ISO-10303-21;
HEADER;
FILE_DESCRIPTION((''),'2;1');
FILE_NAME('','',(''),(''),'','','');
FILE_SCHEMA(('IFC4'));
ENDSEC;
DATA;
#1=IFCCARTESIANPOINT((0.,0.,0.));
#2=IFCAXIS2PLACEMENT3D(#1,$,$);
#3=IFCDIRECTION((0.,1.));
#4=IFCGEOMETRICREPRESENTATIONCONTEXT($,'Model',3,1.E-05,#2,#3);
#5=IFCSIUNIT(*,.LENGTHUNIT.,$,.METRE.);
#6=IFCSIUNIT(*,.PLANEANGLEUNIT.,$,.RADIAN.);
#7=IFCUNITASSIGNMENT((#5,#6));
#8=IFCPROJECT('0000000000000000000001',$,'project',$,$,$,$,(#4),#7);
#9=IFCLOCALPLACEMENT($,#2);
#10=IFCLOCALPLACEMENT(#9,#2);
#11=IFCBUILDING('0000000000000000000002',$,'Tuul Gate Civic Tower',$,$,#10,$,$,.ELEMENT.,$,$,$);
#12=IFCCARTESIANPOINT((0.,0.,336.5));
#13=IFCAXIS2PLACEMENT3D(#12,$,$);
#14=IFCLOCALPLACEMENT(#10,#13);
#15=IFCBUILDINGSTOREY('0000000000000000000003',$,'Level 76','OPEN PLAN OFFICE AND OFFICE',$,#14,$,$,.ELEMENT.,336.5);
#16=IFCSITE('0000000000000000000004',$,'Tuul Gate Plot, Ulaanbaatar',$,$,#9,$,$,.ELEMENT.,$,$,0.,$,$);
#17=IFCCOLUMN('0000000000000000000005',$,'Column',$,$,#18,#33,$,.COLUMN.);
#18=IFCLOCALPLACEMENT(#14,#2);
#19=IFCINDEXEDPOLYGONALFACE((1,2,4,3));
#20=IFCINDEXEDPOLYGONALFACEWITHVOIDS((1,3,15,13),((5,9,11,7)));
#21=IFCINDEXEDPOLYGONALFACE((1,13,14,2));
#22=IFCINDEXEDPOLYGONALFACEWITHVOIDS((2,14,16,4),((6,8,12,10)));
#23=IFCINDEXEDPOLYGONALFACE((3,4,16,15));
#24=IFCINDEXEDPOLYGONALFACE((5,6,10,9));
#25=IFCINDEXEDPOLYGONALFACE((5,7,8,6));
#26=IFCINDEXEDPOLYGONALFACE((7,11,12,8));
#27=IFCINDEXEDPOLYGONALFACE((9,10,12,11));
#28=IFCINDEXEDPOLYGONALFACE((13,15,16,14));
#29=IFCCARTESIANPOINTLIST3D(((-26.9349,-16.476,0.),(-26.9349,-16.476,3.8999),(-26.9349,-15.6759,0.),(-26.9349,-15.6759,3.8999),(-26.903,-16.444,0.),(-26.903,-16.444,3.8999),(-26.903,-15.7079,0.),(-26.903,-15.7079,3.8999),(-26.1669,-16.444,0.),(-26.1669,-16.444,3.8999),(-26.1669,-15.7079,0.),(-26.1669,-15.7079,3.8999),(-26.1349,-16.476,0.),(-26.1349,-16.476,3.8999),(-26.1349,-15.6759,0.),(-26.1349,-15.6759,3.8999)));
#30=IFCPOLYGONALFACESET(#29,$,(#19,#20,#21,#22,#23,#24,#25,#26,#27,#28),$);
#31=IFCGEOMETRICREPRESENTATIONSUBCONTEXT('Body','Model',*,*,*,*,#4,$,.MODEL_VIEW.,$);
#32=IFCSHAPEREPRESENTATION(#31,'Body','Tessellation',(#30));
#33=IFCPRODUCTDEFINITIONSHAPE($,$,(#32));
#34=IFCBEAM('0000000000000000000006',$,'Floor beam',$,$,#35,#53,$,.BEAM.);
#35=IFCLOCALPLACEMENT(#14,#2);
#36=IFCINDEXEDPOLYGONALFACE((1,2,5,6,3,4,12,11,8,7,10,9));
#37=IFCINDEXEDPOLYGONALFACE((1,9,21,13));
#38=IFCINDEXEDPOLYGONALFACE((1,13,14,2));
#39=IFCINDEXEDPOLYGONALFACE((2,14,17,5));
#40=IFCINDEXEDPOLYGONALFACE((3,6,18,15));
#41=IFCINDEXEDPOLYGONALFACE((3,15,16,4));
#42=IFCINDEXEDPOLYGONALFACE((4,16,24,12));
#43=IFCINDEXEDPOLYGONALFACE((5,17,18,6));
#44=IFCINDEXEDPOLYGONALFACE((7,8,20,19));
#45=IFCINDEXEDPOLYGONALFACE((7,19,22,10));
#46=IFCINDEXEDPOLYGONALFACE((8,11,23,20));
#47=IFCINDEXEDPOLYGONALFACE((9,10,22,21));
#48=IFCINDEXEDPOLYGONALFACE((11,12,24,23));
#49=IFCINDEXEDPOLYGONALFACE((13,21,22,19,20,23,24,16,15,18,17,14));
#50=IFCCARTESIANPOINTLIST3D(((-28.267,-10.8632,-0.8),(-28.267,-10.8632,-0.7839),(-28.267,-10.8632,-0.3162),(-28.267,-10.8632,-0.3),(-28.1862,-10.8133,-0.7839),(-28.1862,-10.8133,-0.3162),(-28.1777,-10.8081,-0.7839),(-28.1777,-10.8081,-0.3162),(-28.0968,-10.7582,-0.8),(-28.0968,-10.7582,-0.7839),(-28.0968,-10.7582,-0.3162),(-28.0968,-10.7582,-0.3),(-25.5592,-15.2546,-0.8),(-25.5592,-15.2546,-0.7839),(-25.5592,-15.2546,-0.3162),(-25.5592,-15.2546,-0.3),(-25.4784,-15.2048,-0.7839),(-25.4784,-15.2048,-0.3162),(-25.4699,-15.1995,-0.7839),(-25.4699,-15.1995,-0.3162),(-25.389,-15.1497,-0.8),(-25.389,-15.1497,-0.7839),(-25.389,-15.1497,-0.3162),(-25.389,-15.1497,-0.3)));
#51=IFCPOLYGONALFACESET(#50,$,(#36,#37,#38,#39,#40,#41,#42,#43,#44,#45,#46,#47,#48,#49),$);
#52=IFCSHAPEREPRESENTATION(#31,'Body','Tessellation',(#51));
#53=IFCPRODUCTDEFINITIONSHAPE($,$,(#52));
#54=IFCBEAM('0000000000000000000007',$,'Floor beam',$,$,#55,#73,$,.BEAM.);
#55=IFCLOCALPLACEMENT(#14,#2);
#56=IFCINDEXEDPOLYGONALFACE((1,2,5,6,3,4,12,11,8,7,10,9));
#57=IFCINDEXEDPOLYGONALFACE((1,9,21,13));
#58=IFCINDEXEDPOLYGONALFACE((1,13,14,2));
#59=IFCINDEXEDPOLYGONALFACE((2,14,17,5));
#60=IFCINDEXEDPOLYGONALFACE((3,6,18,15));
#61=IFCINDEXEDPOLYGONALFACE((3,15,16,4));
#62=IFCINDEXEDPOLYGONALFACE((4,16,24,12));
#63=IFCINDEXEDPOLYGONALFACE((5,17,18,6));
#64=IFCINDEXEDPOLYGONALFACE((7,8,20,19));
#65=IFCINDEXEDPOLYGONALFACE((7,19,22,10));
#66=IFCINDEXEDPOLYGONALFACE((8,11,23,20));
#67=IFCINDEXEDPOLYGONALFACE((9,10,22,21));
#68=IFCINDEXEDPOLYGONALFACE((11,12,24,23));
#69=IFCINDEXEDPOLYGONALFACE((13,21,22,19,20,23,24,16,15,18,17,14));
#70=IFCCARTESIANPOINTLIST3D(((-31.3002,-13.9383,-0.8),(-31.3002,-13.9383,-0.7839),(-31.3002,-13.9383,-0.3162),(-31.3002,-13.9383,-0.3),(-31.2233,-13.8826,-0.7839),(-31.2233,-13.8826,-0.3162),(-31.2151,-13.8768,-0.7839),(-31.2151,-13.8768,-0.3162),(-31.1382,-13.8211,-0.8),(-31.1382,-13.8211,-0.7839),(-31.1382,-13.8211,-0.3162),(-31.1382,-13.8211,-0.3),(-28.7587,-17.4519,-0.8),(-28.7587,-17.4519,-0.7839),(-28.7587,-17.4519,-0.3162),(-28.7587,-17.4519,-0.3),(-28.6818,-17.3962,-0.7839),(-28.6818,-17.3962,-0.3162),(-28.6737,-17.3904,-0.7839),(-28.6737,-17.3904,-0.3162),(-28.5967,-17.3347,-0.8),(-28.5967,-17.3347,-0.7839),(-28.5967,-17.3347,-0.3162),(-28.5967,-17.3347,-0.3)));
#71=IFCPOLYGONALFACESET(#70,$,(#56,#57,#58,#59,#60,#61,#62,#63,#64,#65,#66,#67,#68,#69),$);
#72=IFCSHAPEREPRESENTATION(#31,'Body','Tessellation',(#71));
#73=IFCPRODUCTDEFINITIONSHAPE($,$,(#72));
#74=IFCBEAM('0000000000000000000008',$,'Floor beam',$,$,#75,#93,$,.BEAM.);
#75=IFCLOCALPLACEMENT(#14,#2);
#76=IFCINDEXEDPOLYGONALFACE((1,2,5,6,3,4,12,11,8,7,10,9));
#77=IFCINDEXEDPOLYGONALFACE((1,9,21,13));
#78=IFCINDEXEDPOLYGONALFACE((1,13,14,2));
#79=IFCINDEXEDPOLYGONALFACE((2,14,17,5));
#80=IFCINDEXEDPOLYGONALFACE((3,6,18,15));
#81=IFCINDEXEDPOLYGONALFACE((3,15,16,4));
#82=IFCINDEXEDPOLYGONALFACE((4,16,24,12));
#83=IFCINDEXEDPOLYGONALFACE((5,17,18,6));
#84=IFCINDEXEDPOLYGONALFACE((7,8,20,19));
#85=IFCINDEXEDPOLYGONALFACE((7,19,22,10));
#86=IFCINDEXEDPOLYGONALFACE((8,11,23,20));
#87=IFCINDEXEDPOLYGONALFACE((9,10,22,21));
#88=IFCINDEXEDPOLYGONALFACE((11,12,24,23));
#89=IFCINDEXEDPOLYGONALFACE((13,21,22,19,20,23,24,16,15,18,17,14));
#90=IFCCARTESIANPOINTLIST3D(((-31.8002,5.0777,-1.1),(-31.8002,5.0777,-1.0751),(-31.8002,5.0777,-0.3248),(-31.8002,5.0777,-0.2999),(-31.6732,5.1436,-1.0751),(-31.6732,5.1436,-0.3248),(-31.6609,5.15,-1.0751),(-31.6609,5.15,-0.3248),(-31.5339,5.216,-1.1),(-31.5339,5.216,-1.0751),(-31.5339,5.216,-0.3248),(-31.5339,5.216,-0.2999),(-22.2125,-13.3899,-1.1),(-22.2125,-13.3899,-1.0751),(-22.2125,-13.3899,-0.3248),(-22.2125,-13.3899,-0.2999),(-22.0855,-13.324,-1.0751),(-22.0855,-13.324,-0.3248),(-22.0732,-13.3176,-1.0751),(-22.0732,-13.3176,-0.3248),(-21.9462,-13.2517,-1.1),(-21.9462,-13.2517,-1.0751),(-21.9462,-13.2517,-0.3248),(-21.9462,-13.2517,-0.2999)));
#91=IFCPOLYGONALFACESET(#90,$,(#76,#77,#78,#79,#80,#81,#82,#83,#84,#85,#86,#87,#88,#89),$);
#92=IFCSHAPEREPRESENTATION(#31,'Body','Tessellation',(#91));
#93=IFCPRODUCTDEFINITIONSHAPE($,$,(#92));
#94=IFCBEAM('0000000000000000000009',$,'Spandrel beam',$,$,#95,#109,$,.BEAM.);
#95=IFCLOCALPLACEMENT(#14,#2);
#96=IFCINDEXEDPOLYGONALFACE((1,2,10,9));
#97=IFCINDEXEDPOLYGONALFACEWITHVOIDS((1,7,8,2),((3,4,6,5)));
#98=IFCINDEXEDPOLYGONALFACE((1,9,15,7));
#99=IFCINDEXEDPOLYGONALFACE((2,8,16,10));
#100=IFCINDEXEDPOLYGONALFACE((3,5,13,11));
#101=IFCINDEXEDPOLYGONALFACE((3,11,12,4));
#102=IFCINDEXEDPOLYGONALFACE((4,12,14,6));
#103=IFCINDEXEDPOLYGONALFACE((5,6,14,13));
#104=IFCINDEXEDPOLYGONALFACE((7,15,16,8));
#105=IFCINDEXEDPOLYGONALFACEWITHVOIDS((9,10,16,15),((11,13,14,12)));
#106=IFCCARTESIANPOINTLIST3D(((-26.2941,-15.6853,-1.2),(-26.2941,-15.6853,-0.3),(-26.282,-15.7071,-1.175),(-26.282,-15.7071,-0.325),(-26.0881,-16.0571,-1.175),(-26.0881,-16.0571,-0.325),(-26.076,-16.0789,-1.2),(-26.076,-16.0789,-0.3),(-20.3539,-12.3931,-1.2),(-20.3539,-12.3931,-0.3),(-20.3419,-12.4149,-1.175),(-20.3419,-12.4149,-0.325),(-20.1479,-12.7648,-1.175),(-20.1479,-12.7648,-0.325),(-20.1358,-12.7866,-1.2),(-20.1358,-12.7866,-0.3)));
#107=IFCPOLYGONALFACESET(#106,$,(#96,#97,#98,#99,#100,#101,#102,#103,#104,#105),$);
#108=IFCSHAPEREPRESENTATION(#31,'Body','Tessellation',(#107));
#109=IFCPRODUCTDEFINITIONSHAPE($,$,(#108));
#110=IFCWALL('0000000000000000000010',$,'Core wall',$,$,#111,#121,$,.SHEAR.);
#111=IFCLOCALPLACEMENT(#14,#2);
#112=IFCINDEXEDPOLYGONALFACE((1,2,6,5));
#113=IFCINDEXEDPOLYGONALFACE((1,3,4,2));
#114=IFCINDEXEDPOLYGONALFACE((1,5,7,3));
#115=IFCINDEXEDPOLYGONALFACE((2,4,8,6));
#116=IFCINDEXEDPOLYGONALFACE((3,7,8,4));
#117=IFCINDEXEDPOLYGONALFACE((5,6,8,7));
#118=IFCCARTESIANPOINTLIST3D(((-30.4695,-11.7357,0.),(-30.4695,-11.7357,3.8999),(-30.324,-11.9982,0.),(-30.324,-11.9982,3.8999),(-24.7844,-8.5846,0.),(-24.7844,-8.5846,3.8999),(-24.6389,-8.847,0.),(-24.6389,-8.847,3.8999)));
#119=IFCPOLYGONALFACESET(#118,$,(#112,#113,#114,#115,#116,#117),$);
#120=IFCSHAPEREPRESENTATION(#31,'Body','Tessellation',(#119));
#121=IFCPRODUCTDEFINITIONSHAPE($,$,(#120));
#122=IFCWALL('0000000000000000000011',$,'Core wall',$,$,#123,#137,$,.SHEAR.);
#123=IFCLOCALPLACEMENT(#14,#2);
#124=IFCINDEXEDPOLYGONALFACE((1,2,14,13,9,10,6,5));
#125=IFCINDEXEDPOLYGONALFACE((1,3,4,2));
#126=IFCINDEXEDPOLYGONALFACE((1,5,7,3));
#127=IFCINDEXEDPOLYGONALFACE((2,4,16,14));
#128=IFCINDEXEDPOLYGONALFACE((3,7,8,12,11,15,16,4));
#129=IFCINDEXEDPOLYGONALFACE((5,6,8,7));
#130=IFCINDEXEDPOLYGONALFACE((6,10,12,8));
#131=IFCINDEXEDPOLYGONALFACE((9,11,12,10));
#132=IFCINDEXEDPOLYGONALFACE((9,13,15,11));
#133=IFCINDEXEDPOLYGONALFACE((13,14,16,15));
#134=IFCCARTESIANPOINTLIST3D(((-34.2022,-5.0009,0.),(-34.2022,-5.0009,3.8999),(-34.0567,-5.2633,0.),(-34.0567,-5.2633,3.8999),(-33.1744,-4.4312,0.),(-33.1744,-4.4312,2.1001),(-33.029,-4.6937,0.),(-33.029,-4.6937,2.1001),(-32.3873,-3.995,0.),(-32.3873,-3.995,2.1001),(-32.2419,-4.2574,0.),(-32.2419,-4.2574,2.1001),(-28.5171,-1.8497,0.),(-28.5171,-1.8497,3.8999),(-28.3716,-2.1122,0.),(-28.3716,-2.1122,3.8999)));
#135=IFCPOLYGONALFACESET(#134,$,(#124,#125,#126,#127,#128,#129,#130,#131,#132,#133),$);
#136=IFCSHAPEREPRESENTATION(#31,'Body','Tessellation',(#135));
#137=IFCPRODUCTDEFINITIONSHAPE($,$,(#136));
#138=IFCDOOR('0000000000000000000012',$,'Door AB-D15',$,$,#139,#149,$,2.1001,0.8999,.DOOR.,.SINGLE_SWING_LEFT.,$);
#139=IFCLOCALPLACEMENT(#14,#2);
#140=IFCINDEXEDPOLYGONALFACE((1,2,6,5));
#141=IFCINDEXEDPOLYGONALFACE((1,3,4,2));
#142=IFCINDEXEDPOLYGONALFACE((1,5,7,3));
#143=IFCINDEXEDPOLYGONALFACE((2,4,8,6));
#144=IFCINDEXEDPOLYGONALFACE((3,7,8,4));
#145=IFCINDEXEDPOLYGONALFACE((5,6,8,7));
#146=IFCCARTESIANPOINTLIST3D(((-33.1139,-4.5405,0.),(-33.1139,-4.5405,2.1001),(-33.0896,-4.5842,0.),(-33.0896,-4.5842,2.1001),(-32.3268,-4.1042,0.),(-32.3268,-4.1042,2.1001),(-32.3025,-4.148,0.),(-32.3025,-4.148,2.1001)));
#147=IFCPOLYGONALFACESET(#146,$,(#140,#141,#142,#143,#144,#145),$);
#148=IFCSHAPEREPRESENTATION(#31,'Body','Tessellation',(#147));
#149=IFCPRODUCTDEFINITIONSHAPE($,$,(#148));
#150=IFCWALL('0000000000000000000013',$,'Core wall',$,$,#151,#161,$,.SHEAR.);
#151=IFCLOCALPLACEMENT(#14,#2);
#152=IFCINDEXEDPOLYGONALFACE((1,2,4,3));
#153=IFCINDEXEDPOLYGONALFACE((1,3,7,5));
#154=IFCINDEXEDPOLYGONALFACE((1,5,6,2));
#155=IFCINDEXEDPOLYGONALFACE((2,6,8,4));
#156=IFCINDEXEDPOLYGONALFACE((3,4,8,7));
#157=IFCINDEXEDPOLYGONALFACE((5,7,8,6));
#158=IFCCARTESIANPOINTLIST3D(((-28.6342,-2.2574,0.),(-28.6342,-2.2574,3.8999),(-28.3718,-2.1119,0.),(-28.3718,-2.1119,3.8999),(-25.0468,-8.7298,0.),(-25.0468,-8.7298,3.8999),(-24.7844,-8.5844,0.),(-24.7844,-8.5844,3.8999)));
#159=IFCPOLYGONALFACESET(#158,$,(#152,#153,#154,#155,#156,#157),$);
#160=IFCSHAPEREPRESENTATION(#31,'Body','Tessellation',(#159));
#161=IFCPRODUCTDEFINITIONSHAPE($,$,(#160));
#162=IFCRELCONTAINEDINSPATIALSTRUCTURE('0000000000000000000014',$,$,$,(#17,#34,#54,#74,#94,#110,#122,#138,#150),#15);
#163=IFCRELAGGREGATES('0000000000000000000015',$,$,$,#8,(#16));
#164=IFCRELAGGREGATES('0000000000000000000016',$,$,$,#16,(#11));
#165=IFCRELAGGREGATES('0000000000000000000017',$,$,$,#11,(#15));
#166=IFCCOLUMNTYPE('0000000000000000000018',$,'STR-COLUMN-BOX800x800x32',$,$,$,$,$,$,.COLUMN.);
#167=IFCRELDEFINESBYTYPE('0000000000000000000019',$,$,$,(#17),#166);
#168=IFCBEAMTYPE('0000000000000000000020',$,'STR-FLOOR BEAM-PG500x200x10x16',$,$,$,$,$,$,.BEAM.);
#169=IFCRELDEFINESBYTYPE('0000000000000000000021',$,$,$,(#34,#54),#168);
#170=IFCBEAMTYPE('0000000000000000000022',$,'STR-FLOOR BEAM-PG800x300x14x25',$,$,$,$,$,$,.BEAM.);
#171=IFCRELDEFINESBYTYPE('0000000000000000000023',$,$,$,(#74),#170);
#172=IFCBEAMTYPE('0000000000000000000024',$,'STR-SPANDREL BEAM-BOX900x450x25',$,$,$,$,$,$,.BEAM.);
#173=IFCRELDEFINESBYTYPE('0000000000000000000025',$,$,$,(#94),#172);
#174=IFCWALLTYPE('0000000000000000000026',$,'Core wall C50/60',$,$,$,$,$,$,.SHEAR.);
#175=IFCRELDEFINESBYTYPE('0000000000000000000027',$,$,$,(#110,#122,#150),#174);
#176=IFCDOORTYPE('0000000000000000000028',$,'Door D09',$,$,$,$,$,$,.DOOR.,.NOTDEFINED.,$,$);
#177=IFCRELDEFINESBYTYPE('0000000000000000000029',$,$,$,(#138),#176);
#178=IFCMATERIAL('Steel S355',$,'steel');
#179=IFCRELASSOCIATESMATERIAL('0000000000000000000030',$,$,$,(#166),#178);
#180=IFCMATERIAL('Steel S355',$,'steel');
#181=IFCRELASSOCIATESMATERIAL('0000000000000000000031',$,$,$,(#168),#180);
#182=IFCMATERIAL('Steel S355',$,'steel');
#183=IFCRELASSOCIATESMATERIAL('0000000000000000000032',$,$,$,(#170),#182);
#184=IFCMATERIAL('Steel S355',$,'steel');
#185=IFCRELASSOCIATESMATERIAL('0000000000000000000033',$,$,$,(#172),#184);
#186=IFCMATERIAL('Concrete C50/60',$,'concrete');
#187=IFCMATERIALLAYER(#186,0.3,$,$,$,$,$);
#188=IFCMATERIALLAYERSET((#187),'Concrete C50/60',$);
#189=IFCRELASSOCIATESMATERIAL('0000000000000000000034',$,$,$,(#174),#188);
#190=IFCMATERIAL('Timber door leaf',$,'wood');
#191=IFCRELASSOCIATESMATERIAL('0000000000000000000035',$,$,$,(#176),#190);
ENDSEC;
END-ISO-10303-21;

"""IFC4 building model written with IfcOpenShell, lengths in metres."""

from ifc_helpers import new_model, si_unit, direction, frame, frame_2d, origin, origin_2d, place, context, subcontext, project, spatial, rectangle, hollow_rectangle, i_section, extrude, material, layer, layer_set, material_profile, profile_set, type_object, element, fill, save


model = new_model("IFC4")

# Units and contexts
model_context = context("Model", 3, precision=1e-05, world=origin(), true_north=direction((0.0, 1.0)))
body_context = subcontext(model_context, "Body", "Model", "MODEL_VIEW")
ifc_project = project(units=[si_unit("LENGTHUNIT", "METRE"), si_unit("PLANEANGLEUNIT", "RADIAN")], contexts=[model_context])

# Site, building, storey
site_placement = place(None, origin())
site = spatial("IfcSite", under=ifc_project, at=site_placement, Name="Tuul Gate Plot, Ulaanbaatar", CompositionType="ELEMENT", RefElevation=0.0)
building_placement = place(site_placement, origin())
building = spatial("IfcBuilding", under=site, at=building_placement, Name="Tuul Gate Civic Tower", CompositionType="ELEMENT")
storey_placement = place(building_placement, frame((0.0, 0.0, 336.5)))
storey = spatial("IfcBuildingStorey", under=building, at=storey_placement, Name="Level 76", Description="OPEN PLAN OFFICE AND OFFICE", CompositionType="ELEMENT", Elevation=336.5)

# Column
ifc_material_1 = material(Name="Steel S355", Category="steel")
ifc_material_profile_1 = material_profile(ifc_material_1, hollow_rectangle(XDim=0.8, YDim=0.8, WallThickness=0.032, at=origin_2d()), Name="BOX800x800x32")
ifc_profile_set_1 = profile_set([ifc_material_profile_1], Name="Steel S355")
column_type = type_object("IfcColumnType", Name="STR-COLUMN-BOX800x800x32", PredefinedType="COLUMN", material=ifc_profile_set_1)
column_placement = place(storey_placement, frame((-26.5349, -16.0759, 0.0), z_axis=(0.0, 0.0, 1.0), x_axis=(1.0, 0.0, 0.0)))
element("IfcColumn", 1, at=column_placement, inside=storey, type_object=column_type, Name="Column", PredefinedType="COLUMN", context=body_context, shape_type="SweptSolid", body=[
    extrude(hollow_rectangle(XDim=0.8, YDim=0.8, WallThickness=0.032, at=origin_2d()), origin(), (0.0, 0.0, 1.0), 3.8999),
])

# Beams
ifc_material_2 = material(Name="Steel S355", Category="steel")
ifc_material_profile_2 = material_profile(ifc_material_2, i_section(OverallWidth=0.2, OverallDepth=0.5, WebThickness=0.01, FlangeThickness=0.0161, at=origin_2d()), Name="PG500x200x10x16")
ifc_profile_set_2 = profile_set([ifc_material_profile_2], Name="Steel S355")
beam_type_1 = type_object("IfcBeamType", Name="STR-FLOOR BEAM-PG500x200x10x16", PredefinedType="BEAM", material=ifc_profile_set_2)
beam_1_placement = place(storey_placement, frame((-25.4741, -15.2021, -0.55), z_axis=(-0.524855, 0.851192, 0.0), x_axis=(-0.851192, -0.524855, 0.0)))
element("IfcBeam", 2, at=beam_1_placement, inside=storey, type_object=beam_type_1, Name="Floor beam", PredefinedType="BEAM", context=body_context, shape_type="SweptSolid", body=[
    extrude(i_section(OverallWidth=0.2, OverallDepth=0.5, WebThickness=0.01, FlangeThickness=0.0161, at=origin_2d()), origin(), (0.0, 0.0, 1.0), 5.1592),
])
beam_2_placement = place(storey_placement, frame((-28.6777, -17.3933, -0.55), z_axis=(-0.586074, 0.810257, 0.0), x_axis=(-0.810257, -0.586074, 0.0)))
element("IfcBeam", 3, at=beam_2_placement, inside=storey, type_object=beam_type_1, Name="Floor beam", PredefinedType="BEAM", context=body_context, shape_type="SweptSolid", body=[
    extrude(i_section(OverallWidth=0.2, OverallDepth=0.5, WebThickness=0.01, FlangeThickness=0.0161, at=origin_2d()), origin(), (0.0, 0.0, 1.0), 4.3364),
])
ifc_material_3 = material(Name="Steel S355", Category="steel")
ifc_material_profile_3 = material_profile(ifc_material_3, i_section(OverallWidth=0.3, OverallDepth=0.8, WebThickness=0.0139, FlangeThickness=0.0249, at=origin_2d()), Name="PG800x300x14x25")
ifc_profile_set_3 = profile_set([ifc_material_profile_3], Name="Steel S355")
beam_type_2 = type_object("IfcBeamType", Name="STR-FLOOR BEAM-PG800x300x14x25", PredefinedType="BEAM", material=ifc_profile_set_3)
beam_3_placement = place(storey_placement, frame((-22.0793, -13.3208, -0.7), z_axis=(-0.460767, 0.887521, 0.0), x_axis=(-0.887521, -0.460767, 0.0)))
element("IfcBeam", 4, at=beam_3_placement, inside=storey, type_object=beam_type_2, Name="Floor beam", PredefinedType="BEAM", context=body_context, shape_type="SweptSolid", body=[
    extrude(i_section(OverallWidth=0.3, OverallDepth=0.8, WebThickness=0.0139, FlangeThickness=0.0249, at=origin_2d()), origin(), (0.0, 0.0, 1.0), 20.8081),
])
ifc_material_4 = material(Name="Steel S355", Category="steel")
ifc_material_profile_4 = material_profile(ifc_material_4, hollow_rectangle(XDim=0.45, YDim=0.8999, WallThickness=0.0249, at=origin_2d()), Name="BOX900x450x25")
ifc_profile_set_4 = profile_set([ifc_material_profile_4], Name="Steel S355")
beam_type_3 = type_object("IfcBeamType", Name="STR-SPANDREL BEAM-BOX900x450x25", PredefinedType="BEAM", material=ifc_profile_set_4)
beam_4_placement = place(storey_placement, frame((-26.1851, -15.8821, -0.75), z_axis=(0.874649, 0.484758, 0.0), x_axis=(-0.484758, 0.874649, 0.0)))
element("IfcBeam", 5, at=beam_4_placement, inside=storey, type_object=beam_type_3, Name="Spandrel beam", PredefinedType="BEAM", context=body_context, shape_type="SweptSolid", body=[
    extrude(hollow_rectangle(XDim=0.45, YDim=0.8999, WallThickness=0.0249, at=origin_2d()), origin(), (0.0, 0.0, 1.0), 6.7915),
])

# Wall
ifc_material_5 = material(Name="Concrete C50/60", Category="concrete")
ifc_layer_1 = layer(ifc_material_5, 0.3)
ifc_layer_set_1 = layer_set([ifc_layer_1], Name="Concrete C50/60")
wall_type_1 = type_object("IfcWallType", Name="Core wall C50/60", PredefinedType="SHEAR", material=ifc_layer_set_1)
wall_1_placement = place(storey_placement, frame((-24.7117, -8.7158, 0.0), z_axis=(0.0, 0.0, 1.0), x_axis=(-0.87463, -0.484791, 0.0)))
element("IfcWall", 6, at=wall_1_placement, inside=storey, type_object=wall_type_1, Name="Core wall", PredefinedType="SHEAR", context=body_context, shape_type="SweptSolid", body=[
    extrude(rectangle(XDim=6.5, YDim=0.3, at=frame_2d((3.25, 0.0))), origin(), (0.0, 0.0, 1.0), 3.8999),
])

# Wall, opening, door
wall_2_placement = place(storey_placement, frame((-28.4443, -1.981, 0.0), z_axis=(0.0, 0.0, 1.0), x_axis=(-0.87463, -0.484791, 0.0)))
wall_2 = element("IfcWall", 7, at=wall_2_placement, inside=storey, type_object=wall_type_1, Name="Core wall", PredefinedType="SHEAR", context=body_context, shape_type="SweptSolid", body=[
    extrude(rectangle(XDim=6.5, YDim=0.3, at=frame_2d((3.25, 0.0))), origin(), (0.0, 0.0, 1.0), 3.8999),
])
opening_1_placement = place(wall_2_placement, frame((4.425, 0.0, 0.0)))
opening_1 = element("IfcOpeningElement", 8, at=opening_1_placement, cuts=wall_2, PredefinedType="OPENING", context=body_context, shape_type="SweptSolid", body=[
    extrude(rectangle(XDim=0.8999, YDim=2.1001, at=frame_2d((0.45, 1.05))), frame((0.0, 0.1602, 0.0), z_axis=(0.0, -1.0, 0.0), x_axis=(1.0, 0.0, 0.0)), (0.0, 0.0, 1.0), 0.3201),
])
ifc_material_6 = material(Name="Timber door leaf", Category="wood")
door_type_1 = type_object("IfcDoorType", Name="Door D09", OperationType="NOTDEFINED", PredefinedType="DOOR", material=ifc_material_6)
door_1_placement = place(opening_1_placement, origin())
door_1 = element("IfcDoor", 9, at=door_1_placement, inside=storey, type_object=door_type_1, Name="Door AB-D15", OperationType="SINGLE_SWING_LEFT", OverallHeight=2.1001, OverallWidth=0.8999, PredefinedType="DOOR", context=body_context, shape_type="SweptSolid", body=[
    extrude(rectangle(XDim=0.8999, YDim=2.1001, at=frame_2d((0.45, 1.05))), frame((0.0, 0.0249, 0.0), z_axis=(0.0, -1.0, 0.0), x_axis=(1.0, 0.0, 0.0)), (0.0, 0.0, 1.0), 0.05),
])
fill(opening_1, door_1)

# Wall
wall_3_placement = place(storey_placement, frame((-24.9155, -8.6572, 0.0), z_axis=(0.0, 0.0, 1.0), x_axis=(-0.484777, 0.874638, 0.0)))
element("IfcWall", 10, at=wall_3_placement, inside=storey, type_object=wall_type_1, Name="Core wall", PredefinedType="SHEAR", context=body_context, shape_type="SweptSolid", body=[
    extrude(rectangle(XDim=7.4001, YDim=0.3, at=frame_2d((3.7002, 0.0))), origin(), (0.0, 0.0, 1.0), 3.8999),
])

save(model, "model.ifc")
